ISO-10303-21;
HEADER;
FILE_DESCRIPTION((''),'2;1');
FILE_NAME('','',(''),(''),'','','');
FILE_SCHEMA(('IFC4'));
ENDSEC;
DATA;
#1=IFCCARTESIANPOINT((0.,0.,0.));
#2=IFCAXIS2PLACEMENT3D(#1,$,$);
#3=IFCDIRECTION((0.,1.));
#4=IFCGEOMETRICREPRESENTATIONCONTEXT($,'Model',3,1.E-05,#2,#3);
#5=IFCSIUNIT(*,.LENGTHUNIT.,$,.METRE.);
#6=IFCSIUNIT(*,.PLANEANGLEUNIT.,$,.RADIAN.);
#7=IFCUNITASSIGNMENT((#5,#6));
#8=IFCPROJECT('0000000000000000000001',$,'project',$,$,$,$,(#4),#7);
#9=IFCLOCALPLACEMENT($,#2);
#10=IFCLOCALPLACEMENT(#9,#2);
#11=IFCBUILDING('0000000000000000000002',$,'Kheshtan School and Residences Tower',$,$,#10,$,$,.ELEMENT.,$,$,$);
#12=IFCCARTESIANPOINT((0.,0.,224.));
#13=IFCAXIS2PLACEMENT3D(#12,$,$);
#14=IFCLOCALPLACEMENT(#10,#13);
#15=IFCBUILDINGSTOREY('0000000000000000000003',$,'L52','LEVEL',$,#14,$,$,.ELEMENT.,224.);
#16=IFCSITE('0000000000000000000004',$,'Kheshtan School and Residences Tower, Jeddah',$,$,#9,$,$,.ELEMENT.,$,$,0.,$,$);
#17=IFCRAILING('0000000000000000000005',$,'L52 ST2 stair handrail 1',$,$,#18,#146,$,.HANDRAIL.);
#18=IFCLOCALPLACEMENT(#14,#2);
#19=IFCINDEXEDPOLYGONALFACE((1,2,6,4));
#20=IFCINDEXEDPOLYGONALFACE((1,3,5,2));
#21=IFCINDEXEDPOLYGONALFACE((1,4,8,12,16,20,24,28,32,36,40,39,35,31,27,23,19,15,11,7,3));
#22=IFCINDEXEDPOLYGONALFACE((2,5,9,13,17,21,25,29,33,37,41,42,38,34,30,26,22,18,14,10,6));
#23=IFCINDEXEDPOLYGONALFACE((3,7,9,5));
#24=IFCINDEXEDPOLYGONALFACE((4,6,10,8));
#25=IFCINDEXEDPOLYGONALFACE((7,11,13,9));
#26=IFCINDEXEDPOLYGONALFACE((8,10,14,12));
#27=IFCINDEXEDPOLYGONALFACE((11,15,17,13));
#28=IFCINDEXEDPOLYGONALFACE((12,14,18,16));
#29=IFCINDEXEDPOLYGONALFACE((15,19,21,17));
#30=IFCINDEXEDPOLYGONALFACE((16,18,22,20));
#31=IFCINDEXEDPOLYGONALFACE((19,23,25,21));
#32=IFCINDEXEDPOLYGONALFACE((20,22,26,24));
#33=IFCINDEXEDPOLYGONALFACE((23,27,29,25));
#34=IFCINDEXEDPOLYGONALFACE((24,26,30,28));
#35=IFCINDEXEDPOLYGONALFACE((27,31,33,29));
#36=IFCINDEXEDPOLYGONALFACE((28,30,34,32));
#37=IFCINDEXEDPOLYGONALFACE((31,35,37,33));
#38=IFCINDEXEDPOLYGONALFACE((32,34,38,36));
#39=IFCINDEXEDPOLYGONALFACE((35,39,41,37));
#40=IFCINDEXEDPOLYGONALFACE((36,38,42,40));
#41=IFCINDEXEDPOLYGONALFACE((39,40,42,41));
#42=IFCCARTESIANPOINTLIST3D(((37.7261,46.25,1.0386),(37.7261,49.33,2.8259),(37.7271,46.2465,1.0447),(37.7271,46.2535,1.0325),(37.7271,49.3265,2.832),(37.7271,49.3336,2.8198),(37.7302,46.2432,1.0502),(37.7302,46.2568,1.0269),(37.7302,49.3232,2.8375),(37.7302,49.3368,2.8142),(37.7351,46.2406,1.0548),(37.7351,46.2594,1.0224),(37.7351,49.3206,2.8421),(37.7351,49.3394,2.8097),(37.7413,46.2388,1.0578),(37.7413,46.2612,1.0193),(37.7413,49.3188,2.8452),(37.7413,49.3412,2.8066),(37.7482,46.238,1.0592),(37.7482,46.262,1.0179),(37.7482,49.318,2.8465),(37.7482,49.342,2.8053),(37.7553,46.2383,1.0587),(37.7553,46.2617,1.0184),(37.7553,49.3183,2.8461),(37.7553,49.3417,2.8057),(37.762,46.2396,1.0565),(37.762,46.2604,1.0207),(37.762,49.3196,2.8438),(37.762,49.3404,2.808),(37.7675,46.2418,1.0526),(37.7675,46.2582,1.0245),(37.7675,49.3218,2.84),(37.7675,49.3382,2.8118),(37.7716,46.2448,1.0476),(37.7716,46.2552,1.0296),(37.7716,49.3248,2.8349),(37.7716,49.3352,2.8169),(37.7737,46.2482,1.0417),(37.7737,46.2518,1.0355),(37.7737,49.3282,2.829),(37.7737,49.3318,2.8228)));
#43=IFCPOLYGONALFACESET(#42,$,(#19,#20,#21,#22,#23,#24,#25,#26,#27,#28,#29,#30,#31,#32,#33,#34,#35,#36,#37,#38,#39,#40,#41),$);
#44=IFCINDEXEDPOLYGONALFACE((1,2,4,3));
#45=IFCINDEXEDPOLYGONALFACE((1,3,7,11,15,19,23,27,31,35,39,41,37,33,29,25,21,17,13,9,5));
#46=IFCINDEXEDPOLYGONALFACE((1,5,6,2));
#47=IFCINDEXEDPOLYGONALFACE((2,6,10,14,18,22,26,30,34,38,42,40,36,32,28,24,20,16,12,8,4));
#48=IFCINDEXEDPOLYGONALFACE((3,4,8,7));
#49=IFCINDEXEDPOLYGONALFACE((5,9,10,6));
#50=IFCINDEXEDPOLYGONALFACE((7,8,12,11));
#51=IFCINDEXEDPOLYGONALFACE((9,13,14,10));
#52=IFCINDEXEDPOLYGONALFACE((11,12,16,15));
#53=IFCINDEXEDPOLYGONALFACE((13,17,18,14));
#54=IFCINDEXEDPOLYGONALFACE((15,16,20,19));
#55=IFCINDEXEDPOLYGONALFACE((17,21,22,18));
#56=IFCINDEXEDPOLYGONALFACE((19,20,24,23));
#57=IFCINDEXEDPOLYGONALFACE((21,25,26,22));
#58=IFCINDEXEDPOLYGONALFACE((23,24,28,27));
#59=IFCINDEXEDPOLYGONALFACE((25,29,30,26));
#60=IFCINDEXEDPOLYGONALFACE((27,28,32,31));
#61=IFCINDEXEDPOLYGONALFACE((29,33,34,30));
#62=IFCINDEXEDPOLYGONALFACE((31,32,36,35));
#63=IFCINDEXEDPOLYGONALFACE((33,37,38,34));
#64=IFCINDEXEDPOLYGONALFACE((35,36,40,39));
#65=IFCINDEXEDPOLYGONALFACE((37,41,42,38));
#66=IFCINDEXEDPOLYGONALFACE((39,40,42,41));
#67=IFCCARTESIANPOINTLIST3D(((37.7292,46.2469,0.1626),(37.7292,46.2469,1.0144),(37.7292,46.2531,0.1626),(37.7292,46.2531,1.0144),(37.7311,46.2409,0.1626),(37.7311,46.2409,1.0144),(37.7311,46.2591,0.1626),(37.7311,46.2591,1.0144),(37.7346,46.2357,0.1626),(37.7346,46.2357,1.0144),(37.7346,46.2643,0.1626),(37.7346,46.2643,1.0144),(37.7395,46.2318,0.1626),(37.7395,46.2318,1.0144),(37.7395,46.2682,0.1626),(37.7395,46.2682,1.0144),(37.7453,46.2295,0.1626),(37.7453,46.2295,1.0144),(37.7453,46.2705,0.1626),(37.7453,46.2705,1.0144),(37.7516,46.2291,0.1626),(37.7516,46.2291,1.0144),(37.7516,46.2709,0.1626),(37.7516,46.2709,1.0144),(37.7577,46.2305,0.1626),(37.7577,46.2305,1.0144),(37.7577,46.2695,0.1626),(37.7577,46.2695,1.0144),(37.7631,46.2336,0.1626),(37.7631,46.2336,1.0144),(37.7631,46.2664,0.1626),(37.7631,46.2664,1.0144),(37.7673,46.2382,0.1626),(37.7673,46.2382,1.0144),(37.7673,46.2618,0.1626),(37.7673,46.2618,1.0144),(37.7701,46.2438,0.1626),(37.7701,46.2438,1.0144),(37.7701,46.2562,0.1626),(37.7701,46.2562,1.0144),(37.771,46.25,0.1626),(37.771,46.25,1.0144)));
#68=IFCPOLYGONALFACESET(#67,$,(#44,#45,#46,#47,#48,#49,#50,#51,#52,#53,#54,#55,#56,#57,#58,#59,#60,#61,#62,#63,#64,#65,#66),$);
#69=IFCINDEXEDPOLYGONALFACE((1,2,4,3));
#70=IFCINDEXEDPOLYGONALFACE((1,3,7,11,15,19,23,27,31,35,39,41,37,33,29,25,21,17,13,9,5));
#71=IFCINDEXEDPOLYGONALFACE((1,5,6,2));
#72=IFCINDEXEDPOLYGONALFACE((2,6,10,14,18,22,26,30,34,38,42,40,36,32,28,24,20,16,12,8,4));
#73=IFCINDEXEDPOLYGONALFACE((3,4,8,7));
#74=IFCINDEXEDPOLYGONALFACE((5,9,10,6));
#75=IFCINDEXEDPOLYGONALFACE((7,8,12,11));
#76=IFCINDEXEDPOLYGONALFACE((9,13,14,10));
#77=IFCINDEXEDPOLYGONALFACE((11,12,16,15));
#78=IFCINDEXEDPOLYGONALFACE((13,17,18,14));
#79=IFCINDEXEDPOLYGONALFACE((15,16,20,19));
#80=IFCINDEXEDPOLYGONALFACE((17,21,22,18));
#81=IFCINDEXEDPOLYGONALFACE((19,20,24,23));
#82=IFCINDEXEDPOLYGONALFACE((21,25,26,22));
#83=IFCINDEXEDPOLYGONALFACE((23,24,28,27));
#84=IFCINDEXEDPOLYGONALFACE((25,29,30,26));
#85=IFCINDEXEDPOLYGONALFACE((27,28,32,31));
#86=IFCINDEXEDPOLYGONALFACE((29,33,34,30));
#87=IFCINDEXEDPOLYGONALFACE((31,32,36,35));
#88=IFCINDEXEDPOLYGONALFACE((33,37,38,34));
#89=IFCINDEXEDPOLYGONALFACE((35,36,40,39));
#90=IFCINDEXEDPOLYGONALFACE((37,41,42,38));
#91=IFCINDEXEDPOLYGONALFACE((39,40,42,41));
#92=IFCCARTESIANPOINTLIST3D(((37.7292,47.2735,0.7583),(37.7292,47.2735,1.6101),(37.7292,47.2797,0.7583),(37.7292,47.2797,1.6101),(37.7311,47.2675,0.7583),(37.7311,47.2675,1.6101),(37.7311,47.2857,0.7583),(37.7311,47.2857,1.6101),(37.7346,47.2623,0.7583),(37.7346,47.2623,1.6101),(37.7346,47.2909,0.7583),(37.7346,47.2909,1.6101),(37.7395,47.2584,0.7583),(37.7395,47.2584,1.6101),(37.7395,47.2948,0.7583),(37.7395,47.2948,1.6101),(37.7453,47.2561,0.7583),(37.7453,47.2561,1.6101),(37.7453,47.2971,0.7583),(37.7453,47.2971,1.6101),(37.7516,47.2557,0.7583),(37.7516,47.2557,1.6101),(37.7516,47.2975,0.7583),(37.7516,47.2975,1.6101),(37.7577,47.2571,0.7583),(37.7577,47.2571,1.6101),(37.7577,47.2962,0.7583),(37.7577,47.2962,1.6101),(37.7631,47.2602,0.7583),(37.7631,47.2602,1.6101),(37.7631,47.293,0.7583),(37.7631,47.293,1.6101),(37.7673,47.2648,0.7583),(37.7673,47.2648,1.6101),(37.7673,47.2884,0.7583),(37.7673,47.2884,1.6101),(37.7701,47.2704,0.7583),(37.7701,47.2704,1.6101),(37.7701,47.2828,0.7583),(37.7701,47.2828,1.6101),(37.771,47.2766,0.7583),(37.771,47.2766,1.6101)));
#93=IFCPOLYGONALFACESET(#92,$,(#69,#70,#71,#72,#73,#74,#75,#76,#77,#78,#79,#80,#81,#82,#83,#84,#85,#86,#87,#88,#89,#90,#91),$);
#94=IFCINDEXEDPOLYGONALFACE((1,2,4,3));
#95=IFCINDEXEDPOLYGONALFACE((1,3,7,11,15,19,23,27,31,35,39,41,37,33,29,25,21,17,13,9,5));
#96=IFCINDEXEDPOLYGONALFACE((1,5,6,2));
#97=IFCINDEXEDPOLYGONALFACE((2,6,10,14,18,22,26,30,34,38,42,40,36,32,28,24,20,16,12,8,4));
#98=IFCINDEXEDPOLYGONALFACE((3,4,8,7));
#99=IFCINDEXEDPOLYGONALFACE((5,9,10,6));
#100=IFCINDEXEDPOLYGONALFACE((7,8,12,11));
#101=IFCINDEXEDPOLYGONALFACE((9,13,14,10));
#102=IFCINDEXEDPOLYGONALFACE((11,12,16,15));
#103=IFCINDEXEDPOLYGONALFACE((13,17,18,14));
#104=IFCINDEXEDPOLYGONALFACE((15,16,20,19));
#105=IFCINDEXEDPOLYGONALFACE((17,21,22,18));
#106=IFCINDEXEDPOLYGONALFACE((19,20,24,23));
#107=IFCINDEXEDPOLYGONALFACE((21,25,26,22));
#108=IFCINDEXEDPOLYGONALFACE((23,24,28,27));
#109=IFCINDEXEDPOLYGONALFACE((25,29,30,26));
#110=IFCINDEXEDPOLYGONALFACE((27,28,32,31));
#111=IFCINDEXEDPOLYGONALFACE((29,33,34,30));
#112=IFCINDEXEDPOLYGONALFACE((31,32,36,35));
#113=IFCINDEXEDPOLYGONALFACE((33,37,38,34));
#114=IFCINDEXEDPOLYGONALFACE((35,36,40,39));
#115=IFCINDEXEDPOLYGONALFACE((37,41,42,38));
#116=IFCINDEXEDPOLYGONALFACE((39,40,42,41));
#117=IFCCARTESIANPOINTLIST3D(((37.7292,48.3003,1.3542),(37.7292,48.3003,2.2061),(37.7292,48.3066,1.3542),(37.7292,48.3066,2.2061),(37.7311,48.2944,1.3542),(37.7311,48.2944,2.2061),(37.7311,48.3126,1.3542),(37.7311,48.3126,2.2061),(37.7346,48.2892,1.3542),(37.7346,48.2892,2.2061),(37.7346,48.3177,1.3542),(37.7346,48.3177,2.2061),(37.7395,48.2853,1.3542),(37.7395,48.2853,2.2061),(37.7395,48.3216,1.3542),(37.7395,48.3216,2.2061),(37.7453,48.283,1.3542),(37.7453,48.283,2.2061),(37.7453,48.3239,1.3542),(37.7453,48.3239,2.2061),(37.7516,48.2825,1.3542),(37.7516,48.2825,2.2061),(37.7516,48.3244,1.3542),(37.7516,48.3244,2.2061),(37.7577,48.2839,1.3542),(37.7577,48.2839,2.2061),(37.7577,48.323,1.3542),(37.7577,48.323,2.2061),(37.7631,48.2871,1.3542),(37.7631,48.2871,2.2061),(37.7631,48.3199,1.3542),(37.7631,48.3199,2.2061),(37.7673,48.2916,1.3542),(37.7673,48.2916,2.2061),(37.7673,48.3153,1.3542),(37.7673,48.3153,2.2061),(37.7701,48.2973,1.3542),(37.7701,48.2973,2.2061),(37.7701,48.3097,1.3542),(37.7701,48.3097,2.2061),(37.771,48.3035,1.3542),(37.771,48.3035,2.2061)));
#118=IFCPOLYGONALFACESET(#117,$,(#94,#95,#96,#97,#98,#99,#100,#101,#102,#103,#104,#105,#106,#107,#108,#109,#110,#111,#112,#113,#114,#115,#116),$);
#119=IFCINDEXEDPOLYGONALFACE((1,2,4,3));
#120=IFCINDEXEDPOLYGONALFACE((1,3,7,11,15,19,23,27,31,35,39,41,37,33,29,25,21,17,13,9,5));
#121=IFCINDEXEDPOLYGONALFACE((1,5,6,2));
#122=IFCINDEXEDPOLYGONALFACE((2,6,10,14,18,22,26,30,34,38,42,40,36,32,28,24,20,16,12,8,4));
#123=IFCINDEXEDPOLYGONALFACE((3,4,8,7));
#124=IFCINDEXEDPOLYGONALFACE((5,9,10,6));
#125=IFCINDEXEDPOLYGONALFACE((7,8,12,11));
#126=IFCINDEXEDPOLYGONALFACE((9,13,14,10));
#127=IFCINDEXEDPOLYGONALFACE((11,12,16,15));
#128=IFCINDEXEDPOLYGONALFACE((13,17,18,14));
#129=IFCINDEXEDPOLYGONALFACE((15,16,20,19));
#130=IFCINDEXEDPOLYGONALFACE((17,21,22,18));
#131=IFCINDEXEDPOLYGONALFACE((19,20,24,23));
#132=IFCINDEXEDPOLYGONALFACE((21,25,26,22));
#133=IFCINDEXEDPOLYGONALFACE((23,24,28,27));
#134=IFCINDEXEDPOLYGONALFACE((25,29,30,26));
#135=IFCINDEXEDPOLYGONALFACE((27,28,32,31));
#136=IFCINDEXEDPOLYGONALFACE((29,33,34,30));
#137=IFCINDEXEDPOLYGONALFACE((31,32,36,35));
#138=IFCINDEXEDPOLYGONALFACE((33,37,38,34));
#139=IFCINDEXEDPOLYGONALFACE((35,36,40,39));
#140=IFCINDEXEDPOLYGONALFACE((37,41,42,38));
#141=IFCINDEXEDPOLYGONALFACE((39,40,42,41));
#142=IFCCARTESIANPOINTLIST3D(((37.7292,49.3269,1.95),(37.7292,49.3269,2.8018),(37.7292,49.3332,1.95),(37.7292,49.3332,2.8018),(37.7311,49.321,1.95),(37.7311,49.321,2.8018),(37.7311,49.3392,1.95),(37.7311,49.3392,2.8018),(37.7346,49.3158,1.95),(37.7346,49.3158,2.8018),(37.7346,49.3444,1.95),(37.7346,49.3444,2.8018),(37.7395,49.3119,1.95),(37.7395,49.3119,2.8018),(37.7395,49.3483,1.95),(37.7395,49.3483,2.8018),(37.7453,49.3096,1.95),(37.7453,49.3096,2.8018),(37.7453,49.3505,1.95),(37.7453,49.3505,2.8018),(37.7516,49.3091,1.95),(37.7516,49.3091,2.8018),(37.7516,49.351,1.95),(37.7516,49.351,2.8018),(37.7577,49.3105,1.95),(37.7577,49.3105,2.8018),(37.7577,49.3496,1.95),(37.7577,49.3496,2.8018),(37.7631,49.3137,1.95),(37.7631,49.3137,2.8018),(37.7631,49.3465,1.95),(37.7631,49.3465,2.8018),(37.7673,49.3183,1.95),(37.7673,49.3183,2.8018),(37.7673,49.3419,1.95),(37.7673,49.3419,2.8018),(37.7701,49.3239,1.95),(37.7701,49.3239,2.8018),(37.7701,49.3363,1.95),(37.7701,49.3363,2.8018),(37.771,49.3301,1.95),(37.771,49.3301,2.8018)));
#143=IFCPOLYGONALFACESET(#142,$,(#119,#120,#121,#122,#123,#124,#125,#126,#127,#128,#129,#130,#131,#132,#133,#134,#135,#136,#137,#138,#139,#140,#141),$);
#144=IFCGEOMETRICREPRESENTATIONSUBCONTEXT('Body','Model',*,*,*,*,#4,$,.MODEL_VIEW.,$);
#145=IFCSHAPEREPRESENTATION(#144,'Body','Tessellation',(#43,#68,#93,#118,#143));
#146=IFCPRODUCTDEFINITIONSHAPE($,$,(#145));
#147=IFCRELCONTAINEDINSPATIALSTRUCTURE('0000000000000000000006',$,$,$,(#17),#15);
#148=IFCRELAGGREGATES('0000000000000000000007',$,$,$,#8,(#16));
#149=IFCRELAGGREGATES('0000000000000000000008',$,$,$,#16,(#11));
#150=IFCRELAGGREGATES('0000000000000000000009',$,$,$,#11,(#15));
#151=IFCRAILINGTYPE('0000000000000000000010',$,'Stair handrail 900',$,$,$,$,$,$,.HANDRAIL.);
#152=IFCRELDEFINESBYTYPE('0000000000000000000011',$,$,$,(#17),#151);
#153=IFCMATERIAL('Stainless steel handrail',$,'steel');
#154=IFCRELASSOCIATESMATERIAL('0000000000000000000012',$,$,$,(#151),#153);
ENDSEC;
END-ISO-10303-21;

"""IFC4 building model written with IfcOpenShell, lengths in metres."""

from ifc_helpers import new_model, si_unit, direction, frame, origin, origin_2d, place, context, subcontext, project, spatial, circle, extrude, material, type_object, element, save


model = new_model("IFC4")

# Units and contexts
model_context = context("Model", 3, precision=1e-05, world=origin(), true_north=direction((0.0, 1.0)))
body_context = subcontext(model_context, "Body", "Model", "MODEL_VIEW")
ifc_project = project(units=[si_unit("LENGTHUNIT", "METRE"), si_unit("PLANEANGLEUNIT", "RADIAN")], contexts=[model_context])

# Site, building, storey
site_placement = place(None, origin())
site = spatial("IfcSite", under=ifc_project, at=site_placement, Name="Kheshtan School and Residences Tower, Jeddah", CompositionType="ELEMENT", RefElevation=0.0)
building_placement = place(site_placement, origin())
building = spatial("IfcBuilding", under=site, at=building_placement, Name="Kheshtan School and Residences Tower", CompositionType="ELEMENT")
storey_placement = place(building_placement, frame((0.0, 0.0, 224.0)))
storey = spatial("IfcBuildingStorey", under=building, at=storey_placement, Name="L52", Description="LEVEL", CompositionType="ELEMENT", Elevation=224.0)

# Railing
ifc_material_1 = material(Name="Stainless steel handrail", Category="steel")
railing_type_1 = type_object("IfcRailingType", Name="Stair handrail 900", PredefinedType="HANDRAIL", material=ifc_material_1)
railing_1_placement = place(storey_placement, frame((37.75, 46.25, 0.1626)))
element("IfcRailing", 1, at=railing_1_placement, inside=storey, type_object=railing_type_1, Name="L52 ST2 stair handrail 1", PredefinedType="HANDRAIL", context=body_context, shape_type="SweptSolid", body=[
    extrude(circle(Radius=0.0239, at=origin_2d()), frame((0.0, 0.0, 0.876), z_axis=(0.0, 0.86492, 0.501909), x_axis=(-1.0, 0.0, 0.0)), (0.0, 0.0, 1.0), 3.561),
    extrude(circle(Radius=0.021, at=origin_2d()), origin(), (0.0, 0.0, 1.0), 0.8518),
    extrude(circle(Radius=0.021, at=origin_2d()), frame((0.0, 1.0266, 0.5957)), (0.0, 0.0, 1.0), 0.8518),
    extrude(circle(Radius=0.021, at=origin_2d()), frame((0.0, 2.0535, 1.1917)), (0.0, 0.0, 1.0), 0.8518),
    extrude(circle(Radius=0.021, at=origin_2d()), frame((0.0, 3.0801, 1.7874)), (0.0, 0.0, 1.0), 0.8518),
])

save(model, "model.ifc")
